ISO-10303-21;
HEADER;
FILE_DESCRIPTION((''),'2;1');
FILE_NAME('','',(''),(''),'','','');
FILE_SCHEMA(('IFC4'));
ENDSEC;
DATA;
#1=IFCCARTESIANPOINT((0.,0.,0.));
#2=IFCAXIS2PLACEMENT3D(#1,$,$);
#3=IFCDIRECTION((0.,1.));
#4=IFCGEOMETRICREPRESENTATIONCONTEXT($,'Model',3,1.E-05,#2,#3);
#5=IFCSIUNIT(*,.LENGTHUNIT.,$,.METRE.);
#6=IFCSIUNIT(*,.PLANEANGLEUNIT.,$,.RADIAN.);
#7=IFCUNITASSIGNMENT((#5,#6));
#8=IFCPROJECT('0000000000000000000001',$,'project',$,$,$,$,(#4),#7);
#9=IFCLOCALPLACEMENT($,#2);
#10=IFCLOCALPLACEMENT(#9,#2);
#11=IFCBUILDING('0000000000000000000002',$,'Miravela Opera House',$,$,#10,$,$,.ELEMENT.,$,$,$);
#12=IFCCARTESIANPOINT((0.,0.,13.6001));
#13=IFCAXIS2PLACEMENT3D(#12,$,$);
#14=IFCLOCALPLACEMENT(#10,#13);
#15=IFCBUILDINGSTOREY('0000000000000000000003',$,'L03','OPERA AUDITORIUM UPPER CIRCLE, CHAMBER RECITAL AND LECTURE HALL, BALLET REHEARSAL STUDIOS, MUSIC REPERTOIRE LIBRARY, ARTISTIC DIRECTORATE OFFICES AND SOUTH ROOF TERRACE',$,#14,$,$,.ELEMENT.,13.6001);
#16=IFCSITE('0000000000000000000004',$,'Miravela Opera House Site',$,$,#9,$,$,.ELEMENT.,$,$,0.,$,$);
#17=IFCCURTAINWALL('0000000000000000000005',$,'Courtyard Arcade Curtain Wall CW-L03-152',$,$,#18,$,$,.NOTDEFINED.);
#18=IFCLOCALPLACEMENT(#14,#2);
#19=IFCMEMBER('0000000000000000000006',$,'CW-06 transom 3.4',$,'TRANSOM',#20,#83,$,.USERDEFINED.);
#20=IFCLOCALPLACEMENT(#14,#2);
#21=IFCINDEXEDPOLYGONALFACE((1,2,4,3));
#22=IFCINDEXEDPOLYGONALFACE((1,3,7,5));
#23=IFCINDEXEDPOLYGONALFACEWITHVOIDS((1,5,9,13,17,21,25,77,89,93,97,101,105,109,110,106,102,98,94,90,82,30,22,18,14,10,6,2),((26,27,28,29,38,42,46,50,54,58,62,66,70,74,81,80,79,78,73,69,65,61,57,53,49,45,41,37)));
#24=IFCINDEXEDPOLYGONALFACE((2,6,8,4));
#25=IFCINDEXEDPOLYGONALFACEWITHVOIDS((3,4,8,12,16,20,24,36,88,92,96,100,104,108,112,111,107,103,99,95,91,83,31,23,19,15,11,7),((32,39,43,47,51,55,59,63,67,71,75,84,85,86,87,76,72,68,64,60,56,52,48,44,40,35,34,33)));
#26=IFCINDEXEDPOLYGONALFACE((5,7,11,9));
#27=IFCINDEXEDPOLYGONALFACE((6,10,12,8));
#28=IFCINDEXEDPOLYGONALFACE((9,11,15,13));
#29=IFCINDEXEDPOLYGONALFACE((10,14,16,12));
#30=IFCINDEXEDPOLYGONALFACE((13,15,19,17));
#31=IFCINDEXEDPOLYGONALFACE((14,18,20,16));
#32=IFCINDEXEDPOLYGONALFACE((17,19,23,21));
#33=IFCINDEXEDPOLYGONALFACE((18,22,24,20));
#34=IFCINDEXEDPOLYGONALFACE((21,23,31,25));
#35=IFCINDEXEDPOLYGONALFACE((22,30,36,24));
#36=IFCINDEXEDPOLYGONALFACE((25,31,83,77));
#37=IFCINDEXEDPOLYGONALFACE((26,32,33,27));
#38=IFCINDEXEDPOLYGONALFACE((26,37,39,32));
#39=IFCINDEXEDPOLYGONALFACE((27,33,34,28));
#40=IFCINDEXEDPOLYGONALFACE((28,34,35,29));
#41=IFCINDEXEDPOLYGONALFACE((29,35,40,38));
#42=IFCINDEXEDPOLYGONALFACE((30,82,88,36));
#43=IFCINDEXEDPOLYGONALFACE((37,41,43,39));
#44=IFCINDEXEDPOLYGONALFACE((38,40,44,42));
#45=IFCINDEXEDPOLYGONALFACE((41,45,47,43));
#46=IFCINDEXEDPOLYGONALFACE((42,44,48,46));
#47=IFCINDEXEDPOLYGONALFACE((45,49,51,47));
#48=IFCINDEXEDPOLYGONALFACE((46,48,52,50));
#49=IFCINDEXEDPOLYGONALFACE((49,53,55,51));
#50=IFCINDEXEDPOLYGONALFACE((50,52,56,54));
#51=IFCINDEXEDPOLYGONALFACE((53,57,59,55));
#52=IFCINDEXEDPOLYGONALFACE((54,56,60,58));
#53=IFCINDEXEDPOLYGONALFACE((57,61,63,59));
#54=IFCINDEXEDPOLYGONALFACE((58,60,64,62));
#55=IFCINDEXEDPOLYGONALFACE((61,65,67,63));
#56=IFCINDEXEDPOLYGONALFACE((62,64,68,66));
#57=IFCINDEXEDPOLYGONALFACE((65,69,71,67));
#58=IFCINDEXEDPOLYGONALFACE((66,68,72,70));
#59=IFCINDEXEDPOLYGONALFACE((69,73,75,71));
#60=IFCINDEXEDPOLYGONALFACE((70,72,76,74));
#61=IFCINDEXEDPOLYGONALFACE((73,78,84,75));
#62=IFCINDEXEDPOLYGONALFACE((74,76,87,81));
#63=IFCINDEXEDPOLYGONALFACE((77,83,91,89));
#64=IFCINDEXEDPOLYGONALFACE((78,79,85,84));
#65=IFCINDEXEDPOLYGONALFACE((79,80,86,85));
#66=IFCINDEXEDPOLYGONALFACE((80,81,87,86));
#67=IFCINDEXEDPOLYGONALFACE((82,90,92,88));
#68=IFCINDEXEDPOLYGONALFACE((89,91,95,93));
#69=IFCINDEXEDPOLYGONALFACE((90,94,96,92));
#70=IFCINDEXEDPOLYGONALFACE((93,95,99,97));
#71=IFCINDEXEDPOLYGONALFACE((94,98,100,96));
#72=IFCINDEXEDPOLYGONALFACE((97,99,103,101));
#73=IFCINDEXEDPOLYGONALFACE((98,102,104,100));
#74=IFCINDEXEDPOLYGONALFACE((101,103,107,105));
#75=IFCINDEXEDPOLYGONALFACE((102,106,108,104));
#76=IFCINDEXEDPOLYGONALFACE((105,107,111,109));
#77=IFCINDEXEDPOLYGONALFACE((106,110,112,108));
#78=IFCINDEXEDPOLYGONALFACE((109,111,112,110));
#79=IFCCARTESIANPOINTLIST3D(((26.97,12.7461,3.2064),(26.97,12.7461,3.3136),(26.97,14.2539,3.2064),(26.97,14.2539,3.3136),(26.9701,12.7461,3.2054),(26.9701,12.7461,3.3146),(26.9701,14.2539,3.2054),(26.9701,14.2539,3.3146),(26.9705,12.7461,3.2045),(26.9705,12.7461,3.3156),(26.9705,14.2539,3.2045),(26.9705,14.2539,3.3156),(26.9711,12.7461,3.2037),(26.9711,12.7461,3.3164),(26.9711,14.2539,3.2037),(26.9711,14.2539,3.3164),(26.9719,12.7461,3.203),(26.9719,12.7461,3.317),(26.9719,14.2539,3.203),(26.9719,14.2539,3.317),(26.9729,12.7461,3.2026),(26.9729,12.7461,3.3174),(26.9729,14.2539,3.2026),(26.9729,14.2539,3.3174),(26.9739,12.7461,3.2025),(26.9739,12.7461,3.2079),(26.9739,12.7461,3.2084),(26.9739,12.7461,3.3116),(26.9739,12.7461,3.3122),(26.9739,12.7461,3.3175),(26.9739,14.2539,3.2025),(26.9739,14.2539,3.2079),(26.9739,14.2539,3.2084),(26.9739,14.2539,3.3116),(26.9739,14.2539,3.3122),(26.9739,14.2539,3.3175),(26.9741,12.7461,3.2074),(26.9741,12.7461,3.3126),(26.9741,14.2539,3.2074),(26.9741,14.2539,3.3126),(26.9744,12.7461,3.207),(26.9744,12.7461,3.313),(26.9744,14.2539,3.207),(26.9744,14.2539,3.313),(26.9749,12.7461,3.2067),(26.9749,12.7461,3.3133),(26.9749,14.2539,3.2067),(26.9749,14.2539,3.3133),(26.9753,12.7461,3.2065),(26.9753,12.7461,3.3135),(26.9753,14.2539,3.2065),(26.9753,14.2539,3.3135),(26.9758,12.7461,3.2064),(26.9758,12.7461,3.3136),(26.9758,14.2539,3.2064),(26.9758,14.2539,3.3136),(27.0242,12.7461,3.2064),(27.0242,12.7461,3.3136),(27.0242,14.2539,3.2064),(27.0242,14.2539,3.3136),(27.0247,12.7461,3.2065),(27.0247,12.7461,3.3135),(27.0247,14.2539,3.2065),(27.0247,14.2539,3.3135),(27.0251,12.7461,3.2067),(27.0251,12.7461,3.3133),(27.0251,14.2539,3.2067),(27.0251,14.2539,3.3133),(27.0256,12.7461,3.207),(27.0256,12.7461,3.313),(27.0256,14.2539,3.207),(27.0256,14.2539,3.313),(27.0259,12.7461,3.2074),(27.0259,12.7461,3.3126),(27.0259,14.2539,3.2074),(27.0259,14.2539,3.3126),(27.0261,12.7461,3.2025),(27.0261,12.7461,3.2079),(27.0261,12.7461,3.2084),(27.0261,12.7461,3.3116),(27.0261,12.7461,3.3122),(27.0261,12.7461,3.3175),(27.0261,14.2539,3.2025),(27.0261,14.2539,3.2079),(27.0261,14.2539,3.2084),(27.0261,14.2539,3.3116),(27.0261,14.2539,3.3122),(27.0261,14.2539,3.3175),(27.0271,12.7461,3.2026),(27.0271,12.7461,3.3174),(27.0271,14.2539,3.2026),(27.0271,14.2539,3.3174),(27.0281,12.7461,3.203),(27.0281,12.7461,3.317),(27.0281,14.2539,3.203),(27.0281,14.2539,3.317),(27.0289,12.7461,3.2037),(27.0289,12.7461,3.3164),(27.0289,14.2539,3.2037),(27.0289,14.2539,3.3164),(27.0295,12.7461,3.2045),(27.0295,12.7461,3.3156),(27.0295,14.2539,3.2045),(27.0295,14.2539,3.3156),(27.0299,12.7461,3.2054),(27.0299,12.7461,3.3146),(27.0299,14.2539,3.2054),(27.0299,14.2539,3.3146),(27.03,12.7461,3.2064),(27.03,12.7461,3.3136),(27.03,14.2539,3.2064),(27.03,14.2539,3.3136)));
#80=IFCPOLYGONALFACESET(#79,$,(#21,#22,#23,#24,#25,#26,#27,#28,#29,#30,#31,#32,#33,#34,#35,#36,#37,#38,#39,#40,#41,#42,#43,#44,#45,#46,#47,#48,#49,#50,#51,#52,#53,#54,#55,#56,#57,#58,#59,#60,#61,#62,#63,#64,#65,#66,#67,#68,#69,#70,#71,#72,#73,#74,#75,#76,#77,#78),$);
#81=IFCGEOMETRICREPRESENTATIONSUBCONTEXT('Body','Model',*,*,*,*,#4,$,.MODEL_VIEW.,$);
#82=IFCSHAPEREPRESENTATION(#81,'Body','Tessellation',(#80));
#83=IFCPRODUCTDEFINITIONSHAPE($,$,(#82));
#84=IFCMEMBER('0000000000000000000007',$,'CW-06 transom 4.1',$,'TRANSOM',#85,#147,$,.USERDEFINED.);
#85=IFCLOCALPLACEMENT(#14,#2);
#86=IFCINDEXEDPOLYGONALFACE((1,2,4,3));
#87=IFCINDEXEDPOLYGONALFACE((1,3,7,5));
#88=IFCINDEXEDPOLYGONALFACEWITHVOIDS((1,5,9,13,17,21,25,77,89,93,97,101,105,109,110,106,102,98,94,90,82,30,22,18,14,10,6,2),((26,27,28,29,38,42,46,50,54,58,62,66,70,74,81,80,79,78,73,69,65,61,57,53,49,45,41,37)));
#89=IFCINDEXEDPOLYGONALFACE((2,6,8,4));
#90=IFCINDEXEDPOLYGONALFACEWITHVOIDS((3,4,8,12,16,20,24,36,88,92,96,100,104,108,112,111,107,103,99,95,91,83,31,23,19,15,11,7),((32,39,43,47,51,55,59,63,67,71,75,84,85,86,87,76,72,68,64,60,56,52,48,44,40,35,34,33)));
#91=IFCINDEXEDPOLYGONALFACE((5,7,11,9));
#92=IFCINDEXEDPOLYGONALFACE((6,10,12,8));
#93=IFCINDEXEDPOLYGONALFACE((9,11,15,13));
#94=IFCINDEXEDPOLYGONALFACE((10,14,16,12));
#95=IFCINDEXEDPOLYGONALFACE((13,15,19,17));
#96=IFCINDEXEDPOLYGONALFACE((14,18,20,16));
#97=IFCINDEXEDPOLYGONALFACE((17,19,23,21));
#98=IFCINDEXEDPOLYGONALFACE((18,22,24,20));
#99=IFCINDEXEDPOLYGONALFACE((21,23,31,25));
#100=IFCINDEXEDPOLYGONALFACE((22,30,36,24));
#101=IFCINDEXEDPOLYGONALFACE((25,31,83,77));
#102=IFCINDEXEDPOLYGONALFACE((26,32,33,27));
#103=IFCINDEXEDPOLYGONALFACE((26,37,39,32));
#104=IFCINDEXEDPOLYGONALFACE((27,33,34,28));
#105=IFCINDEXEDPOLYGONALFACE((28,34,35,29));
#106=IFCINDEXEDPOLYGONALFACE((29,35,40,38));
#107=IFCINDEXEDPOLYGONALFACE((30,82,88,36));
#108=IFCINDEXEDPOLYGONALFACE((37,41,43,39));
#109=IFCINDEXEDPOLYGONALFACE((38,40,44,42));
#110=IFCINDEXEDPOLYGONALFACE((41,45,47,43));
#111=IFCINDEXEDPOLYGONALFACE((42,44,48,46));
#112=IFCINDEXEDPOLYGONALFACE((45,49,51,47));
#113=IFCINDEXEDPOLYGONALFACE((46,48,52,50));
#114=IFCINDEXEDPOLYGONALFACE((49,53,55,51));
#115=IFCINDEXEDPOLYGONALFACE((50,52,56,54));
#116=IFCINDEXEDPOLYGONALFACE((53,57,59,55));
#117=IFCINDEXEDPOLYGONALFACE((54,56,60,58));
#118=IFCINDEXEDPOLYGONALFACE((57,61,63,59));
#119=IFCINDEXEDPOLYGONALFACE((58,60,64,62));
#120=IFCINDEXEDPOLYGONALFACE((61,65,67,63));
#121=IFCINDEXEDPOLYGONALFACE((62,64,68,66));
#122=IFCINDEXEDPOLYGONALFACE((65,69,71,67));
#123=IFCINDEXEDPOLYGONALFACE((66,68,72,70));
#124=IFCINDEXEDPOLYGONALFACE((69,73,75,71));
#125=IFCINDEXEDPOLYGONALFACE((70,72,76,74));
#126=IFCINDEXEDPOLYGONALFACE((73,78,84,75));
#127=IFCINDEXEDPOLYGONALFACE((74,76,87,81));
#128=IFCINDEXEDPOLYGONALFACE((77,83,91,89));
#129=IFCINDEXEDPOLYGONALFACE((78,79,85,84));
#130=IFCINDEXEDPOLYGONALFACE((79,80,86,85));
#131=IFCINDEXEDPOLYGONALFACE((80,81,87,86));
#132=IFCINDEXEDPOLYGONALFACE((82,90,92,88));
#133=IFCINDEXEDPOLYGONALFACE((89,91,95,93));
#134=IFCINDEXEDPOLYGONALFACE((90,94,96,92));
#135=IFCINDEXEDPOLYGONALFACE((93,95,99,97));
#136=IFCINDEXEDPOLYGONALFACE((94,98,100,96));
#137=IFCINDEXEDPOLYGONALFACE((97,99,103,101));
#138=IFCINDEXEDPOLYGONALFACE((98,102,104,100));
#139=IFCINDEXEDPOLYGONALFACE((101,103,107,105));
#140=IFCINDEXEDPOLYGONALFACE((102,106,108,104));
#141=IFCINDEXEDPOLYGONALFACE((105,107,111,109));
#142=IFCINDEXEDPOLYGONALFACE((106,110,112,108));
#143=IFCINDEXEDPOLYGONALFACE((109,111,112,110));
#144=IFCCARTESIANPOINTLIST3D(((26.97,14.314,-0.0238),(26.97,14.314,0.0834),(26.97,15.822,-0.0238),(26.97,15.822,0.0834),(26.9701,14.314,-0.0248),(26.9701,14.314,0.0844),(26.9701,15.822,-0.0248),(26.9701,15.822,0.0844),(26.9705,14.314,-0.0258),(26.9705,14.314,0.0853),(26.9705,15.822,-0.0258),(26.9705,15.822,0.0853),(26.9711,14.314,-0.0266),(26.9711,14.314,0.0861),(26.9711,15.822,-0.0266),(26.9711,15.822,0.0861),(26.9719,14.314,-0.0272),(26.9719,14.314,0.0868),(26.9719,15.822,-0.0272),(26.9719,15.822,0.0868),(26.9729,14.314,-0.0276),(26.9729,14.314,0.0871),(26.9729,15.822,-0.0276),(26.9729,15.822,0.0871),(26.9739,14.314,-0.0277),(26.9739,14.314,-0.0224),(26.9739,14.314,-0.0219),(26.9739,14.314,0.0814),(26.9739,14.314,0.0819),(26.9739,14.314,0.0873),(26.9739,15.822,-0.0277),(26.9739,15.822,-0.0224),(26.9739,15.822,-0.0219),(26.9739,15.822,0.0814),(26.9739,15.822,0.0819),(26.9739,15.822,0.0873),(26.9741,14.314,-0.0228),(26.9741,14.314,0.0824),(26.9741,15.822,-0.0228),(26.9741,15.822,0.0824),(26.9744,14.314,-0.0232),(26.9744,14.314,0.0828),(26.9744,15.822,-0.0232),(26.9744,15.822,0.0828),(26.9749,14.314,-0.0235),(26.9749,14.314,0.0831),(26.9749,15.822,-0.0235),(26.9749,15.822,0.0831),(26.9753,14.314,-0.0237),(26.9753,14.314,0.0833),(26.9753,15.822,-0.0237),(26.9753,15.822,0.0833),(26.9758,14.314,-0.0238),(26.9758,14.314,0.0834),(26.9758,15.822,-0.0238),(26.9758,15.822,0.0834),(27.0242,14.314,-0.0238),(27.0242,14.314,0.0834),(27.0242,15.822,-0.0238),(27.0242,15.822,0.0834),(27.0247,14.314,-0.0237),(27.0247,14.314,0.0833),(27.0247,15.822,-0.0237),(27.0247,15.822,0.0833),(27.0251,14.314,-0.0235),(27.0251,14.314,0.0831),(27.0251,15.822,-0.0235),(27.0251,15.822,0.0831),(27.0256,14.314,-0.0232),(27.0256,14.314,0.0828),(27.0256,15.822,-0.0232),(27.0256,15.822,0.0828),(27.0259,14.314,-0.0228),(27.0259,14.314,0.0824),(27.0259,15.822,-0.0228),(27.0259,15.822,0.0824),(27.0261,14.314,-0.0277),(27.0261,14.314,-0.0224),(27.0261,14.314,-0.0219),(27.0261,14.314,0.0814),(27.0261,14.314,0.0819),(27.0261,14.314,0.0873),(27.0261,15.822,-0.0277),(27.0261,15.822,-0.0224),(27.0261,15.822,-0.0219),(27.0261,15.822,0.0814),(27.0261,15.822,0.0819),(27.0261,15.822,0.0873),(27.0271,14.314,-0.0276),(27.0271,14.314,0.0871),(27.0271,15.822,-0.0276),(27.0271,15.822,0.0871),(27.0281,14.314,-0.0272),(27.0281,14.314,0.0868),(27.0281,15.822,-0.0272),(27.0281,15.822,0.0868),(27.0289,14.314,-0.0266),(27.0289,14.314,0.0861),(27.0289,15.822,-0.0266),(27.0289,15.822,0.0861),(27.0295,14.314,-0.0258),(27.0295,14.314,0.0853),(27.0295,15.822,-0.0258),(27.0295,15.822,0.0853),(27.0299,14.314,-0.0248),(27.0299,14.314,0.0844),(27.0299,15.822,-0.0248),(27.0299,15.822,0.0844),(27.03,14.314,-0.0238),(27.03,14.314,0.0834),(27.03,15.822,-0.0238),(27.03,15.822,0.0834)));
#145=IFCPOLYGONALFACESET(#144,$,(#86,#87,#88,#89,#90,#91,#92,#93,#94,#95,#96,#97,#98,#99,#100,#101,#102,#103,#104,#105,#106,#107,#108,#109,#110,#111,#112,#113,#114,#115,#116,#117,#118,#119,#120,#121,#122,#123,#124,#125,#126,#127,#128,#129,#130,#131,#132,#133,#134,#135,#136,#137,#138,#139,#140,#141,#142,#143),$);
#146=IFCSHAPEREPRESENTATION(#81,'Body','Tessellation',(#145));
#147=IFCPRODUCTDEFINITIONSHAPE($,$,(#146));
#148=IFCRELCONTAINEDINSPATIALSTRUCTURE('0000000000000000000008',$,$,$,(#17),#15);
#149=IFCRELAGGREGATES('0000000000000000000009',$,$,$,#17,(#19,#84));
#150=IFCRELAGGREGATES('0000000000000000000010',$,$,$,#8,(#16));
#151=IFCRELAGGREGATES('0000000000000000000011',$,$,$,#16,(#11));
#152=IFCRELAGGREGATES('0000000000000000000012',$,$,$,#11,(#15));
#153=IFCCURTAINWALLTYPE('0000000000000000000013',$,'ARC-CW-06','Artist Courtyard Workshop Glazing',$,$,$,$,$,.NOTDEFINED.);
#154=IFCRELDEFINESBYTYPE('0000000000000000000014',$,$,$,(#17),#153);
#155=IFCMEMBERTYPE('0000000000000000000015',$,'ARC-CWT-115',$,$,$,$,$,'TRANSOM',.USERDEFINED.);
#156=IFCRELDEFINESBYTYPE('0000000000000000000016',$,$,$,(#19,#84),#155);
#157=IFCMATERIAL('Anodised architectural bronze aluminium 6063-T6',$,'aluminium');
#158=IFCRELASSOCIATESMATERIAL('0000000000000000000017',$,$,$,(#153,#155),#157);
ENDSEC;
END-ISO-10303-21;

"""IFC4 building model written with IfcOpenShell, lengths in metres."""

from ifc_helpers import new_model, si_unit, direction, frame, origin, origin_2d, place, context, subcontext, project, spatial, hollow_rectangle, extrude, material, material_profile, profile_set, type_object, element, aggregate, save


model = new_model("IFC4")

# Units and contexts
model_context = context("Model", 3, precision=1e-05, world=origin(), true_north=direction((0.0, 1.0)))
body_context = subcontext(model_context, "Body", "Model", "MODEL_VIEW")
ifc_project = project(units=[si_unit("LENGTHUNIT", "METRE"), si_unit("PLANEANGLEUNIT", "RADIAN")], contexts=[model_context])

# Site, building, storey
site_placement = place(None, origin())
site = spatial("IfcSite", under=ifc_project, at=site_placement, Name="Miravela Opera House Site", CompositionType="ELEMENT", RefElevation=0.0)
building_placement = place(site_placement, origin())
building = spatial("IfcBuilding", under=site, at=building_placement, Name="Miravela Opera House", CompositionType="ELEMENT")
storey_placement = place(building_placement, frame((0.0, 0.0, 13.6001)))
storey = spatial("IfcBuildingStorey", under=building, at=storey_placement, Name="L03", Description="OPERA AUDITORIUM UPPER CIRCLE, CHAMBER RECITAL AND LECTURE HALL, BALLET REHEARSAL STUDIOS, MUSIC REPERTOIRE LIBRARY, ARTISTIC DIRECTORATE OFFICES AND SOUTH ROOF TERRACE", CompositionType="ELEMENT", Elevation=13.6001)

# Curtain wall, members
ifc_material_1 = material(Name="Anodised architectural bronze aluminium 6063-T6", Category="aluminium")
curtain_wall_type = type_object("IfcCurtainWallType", Name="ARC-CW-06", Description="Artist Courtyard Workshop Glazing", PredefinedType="NOTDEFINED", material=ifc_material_1)
curtain_wall_placement = place(storey_placement, origin())
curtain_wall = element("IfcCurtainWall", 1, at=curtain_wall_placement, inside=storey, type_object=curtain_wall_type, Name="Courtyard Arcade Curtain Wall CW-L03-152", PredefinedType="NOTDEFINED")
ifc_material_profile_1 = material_profile(ifc_material_1, hollow_rectangle(XDim=0.0601, YDim=0.115, WallThickness=0.0039, InnerFilletRadius=0.002, OuterFilletRadius=0.0039, at=origin_2d()), Name="CWT-60X115")
ifc_profile_set_1 = profile_set([ifc_material_profile_1])
member_type_1 = type_object("IfcMemberType", Name="ARC-CWT-115", ElementType="TRANSOM", PredefinedType="USERDEFINED", material=ifc_profile_set_1)
member_1_placement = place(storey_placement, frame((27.0, 12.7461, 3.26), z_axis=(0.0, 1.0, 0.0), x_axis=(-1.0, 0.0, 0.0)))
member_1 = element("IfcMember", 2, at=member_1_placement, type_object=member_type_1, Name="CW-06 transom 3.4", ObjectType="TRANSOM", PredefinedType="USERDEFINED", context=body_context, shape_type="SweptSolid", body=[
    extrude(hollow_rectangle(XDim=0.0601, YDim=0.115, WallThickness=0.0039, InnerFilletRadius=0.002, OuterFilletRadius=0.0039, at=origin_2d()), origin(), (0.0, 0.0, 1.0), 1.5078),
])
member_2_placement = place(storey_placement, frame((27.0, 14.314, 0.0298), z_axis=(0.0, 1.0, 0.0), x_axis=(-1.0, 0.0, 0.0)))
member_2 = element("IfcMember", 3, at=member_2_placement, type_object=member_type_1, Name="CW-06 transom 4.1", ObjectType="TRANSOM", PredefinedType="USERDEFINED", context=body_context, shape_type="SweptSolid", body=[
    extrude(hollow_rectangle(XDim=0.0601, YDim=0.115, WallThickness=0.0039, InnerFilletRadius=0.002, OuterFilletRadius=0.0039, at=origin_2d()), origin(), (0.0, 0.0, 1.0), 1.5081),
])

aggregate(curtain_wall, [member_1, member_2])

save(model, "model.ifc")
